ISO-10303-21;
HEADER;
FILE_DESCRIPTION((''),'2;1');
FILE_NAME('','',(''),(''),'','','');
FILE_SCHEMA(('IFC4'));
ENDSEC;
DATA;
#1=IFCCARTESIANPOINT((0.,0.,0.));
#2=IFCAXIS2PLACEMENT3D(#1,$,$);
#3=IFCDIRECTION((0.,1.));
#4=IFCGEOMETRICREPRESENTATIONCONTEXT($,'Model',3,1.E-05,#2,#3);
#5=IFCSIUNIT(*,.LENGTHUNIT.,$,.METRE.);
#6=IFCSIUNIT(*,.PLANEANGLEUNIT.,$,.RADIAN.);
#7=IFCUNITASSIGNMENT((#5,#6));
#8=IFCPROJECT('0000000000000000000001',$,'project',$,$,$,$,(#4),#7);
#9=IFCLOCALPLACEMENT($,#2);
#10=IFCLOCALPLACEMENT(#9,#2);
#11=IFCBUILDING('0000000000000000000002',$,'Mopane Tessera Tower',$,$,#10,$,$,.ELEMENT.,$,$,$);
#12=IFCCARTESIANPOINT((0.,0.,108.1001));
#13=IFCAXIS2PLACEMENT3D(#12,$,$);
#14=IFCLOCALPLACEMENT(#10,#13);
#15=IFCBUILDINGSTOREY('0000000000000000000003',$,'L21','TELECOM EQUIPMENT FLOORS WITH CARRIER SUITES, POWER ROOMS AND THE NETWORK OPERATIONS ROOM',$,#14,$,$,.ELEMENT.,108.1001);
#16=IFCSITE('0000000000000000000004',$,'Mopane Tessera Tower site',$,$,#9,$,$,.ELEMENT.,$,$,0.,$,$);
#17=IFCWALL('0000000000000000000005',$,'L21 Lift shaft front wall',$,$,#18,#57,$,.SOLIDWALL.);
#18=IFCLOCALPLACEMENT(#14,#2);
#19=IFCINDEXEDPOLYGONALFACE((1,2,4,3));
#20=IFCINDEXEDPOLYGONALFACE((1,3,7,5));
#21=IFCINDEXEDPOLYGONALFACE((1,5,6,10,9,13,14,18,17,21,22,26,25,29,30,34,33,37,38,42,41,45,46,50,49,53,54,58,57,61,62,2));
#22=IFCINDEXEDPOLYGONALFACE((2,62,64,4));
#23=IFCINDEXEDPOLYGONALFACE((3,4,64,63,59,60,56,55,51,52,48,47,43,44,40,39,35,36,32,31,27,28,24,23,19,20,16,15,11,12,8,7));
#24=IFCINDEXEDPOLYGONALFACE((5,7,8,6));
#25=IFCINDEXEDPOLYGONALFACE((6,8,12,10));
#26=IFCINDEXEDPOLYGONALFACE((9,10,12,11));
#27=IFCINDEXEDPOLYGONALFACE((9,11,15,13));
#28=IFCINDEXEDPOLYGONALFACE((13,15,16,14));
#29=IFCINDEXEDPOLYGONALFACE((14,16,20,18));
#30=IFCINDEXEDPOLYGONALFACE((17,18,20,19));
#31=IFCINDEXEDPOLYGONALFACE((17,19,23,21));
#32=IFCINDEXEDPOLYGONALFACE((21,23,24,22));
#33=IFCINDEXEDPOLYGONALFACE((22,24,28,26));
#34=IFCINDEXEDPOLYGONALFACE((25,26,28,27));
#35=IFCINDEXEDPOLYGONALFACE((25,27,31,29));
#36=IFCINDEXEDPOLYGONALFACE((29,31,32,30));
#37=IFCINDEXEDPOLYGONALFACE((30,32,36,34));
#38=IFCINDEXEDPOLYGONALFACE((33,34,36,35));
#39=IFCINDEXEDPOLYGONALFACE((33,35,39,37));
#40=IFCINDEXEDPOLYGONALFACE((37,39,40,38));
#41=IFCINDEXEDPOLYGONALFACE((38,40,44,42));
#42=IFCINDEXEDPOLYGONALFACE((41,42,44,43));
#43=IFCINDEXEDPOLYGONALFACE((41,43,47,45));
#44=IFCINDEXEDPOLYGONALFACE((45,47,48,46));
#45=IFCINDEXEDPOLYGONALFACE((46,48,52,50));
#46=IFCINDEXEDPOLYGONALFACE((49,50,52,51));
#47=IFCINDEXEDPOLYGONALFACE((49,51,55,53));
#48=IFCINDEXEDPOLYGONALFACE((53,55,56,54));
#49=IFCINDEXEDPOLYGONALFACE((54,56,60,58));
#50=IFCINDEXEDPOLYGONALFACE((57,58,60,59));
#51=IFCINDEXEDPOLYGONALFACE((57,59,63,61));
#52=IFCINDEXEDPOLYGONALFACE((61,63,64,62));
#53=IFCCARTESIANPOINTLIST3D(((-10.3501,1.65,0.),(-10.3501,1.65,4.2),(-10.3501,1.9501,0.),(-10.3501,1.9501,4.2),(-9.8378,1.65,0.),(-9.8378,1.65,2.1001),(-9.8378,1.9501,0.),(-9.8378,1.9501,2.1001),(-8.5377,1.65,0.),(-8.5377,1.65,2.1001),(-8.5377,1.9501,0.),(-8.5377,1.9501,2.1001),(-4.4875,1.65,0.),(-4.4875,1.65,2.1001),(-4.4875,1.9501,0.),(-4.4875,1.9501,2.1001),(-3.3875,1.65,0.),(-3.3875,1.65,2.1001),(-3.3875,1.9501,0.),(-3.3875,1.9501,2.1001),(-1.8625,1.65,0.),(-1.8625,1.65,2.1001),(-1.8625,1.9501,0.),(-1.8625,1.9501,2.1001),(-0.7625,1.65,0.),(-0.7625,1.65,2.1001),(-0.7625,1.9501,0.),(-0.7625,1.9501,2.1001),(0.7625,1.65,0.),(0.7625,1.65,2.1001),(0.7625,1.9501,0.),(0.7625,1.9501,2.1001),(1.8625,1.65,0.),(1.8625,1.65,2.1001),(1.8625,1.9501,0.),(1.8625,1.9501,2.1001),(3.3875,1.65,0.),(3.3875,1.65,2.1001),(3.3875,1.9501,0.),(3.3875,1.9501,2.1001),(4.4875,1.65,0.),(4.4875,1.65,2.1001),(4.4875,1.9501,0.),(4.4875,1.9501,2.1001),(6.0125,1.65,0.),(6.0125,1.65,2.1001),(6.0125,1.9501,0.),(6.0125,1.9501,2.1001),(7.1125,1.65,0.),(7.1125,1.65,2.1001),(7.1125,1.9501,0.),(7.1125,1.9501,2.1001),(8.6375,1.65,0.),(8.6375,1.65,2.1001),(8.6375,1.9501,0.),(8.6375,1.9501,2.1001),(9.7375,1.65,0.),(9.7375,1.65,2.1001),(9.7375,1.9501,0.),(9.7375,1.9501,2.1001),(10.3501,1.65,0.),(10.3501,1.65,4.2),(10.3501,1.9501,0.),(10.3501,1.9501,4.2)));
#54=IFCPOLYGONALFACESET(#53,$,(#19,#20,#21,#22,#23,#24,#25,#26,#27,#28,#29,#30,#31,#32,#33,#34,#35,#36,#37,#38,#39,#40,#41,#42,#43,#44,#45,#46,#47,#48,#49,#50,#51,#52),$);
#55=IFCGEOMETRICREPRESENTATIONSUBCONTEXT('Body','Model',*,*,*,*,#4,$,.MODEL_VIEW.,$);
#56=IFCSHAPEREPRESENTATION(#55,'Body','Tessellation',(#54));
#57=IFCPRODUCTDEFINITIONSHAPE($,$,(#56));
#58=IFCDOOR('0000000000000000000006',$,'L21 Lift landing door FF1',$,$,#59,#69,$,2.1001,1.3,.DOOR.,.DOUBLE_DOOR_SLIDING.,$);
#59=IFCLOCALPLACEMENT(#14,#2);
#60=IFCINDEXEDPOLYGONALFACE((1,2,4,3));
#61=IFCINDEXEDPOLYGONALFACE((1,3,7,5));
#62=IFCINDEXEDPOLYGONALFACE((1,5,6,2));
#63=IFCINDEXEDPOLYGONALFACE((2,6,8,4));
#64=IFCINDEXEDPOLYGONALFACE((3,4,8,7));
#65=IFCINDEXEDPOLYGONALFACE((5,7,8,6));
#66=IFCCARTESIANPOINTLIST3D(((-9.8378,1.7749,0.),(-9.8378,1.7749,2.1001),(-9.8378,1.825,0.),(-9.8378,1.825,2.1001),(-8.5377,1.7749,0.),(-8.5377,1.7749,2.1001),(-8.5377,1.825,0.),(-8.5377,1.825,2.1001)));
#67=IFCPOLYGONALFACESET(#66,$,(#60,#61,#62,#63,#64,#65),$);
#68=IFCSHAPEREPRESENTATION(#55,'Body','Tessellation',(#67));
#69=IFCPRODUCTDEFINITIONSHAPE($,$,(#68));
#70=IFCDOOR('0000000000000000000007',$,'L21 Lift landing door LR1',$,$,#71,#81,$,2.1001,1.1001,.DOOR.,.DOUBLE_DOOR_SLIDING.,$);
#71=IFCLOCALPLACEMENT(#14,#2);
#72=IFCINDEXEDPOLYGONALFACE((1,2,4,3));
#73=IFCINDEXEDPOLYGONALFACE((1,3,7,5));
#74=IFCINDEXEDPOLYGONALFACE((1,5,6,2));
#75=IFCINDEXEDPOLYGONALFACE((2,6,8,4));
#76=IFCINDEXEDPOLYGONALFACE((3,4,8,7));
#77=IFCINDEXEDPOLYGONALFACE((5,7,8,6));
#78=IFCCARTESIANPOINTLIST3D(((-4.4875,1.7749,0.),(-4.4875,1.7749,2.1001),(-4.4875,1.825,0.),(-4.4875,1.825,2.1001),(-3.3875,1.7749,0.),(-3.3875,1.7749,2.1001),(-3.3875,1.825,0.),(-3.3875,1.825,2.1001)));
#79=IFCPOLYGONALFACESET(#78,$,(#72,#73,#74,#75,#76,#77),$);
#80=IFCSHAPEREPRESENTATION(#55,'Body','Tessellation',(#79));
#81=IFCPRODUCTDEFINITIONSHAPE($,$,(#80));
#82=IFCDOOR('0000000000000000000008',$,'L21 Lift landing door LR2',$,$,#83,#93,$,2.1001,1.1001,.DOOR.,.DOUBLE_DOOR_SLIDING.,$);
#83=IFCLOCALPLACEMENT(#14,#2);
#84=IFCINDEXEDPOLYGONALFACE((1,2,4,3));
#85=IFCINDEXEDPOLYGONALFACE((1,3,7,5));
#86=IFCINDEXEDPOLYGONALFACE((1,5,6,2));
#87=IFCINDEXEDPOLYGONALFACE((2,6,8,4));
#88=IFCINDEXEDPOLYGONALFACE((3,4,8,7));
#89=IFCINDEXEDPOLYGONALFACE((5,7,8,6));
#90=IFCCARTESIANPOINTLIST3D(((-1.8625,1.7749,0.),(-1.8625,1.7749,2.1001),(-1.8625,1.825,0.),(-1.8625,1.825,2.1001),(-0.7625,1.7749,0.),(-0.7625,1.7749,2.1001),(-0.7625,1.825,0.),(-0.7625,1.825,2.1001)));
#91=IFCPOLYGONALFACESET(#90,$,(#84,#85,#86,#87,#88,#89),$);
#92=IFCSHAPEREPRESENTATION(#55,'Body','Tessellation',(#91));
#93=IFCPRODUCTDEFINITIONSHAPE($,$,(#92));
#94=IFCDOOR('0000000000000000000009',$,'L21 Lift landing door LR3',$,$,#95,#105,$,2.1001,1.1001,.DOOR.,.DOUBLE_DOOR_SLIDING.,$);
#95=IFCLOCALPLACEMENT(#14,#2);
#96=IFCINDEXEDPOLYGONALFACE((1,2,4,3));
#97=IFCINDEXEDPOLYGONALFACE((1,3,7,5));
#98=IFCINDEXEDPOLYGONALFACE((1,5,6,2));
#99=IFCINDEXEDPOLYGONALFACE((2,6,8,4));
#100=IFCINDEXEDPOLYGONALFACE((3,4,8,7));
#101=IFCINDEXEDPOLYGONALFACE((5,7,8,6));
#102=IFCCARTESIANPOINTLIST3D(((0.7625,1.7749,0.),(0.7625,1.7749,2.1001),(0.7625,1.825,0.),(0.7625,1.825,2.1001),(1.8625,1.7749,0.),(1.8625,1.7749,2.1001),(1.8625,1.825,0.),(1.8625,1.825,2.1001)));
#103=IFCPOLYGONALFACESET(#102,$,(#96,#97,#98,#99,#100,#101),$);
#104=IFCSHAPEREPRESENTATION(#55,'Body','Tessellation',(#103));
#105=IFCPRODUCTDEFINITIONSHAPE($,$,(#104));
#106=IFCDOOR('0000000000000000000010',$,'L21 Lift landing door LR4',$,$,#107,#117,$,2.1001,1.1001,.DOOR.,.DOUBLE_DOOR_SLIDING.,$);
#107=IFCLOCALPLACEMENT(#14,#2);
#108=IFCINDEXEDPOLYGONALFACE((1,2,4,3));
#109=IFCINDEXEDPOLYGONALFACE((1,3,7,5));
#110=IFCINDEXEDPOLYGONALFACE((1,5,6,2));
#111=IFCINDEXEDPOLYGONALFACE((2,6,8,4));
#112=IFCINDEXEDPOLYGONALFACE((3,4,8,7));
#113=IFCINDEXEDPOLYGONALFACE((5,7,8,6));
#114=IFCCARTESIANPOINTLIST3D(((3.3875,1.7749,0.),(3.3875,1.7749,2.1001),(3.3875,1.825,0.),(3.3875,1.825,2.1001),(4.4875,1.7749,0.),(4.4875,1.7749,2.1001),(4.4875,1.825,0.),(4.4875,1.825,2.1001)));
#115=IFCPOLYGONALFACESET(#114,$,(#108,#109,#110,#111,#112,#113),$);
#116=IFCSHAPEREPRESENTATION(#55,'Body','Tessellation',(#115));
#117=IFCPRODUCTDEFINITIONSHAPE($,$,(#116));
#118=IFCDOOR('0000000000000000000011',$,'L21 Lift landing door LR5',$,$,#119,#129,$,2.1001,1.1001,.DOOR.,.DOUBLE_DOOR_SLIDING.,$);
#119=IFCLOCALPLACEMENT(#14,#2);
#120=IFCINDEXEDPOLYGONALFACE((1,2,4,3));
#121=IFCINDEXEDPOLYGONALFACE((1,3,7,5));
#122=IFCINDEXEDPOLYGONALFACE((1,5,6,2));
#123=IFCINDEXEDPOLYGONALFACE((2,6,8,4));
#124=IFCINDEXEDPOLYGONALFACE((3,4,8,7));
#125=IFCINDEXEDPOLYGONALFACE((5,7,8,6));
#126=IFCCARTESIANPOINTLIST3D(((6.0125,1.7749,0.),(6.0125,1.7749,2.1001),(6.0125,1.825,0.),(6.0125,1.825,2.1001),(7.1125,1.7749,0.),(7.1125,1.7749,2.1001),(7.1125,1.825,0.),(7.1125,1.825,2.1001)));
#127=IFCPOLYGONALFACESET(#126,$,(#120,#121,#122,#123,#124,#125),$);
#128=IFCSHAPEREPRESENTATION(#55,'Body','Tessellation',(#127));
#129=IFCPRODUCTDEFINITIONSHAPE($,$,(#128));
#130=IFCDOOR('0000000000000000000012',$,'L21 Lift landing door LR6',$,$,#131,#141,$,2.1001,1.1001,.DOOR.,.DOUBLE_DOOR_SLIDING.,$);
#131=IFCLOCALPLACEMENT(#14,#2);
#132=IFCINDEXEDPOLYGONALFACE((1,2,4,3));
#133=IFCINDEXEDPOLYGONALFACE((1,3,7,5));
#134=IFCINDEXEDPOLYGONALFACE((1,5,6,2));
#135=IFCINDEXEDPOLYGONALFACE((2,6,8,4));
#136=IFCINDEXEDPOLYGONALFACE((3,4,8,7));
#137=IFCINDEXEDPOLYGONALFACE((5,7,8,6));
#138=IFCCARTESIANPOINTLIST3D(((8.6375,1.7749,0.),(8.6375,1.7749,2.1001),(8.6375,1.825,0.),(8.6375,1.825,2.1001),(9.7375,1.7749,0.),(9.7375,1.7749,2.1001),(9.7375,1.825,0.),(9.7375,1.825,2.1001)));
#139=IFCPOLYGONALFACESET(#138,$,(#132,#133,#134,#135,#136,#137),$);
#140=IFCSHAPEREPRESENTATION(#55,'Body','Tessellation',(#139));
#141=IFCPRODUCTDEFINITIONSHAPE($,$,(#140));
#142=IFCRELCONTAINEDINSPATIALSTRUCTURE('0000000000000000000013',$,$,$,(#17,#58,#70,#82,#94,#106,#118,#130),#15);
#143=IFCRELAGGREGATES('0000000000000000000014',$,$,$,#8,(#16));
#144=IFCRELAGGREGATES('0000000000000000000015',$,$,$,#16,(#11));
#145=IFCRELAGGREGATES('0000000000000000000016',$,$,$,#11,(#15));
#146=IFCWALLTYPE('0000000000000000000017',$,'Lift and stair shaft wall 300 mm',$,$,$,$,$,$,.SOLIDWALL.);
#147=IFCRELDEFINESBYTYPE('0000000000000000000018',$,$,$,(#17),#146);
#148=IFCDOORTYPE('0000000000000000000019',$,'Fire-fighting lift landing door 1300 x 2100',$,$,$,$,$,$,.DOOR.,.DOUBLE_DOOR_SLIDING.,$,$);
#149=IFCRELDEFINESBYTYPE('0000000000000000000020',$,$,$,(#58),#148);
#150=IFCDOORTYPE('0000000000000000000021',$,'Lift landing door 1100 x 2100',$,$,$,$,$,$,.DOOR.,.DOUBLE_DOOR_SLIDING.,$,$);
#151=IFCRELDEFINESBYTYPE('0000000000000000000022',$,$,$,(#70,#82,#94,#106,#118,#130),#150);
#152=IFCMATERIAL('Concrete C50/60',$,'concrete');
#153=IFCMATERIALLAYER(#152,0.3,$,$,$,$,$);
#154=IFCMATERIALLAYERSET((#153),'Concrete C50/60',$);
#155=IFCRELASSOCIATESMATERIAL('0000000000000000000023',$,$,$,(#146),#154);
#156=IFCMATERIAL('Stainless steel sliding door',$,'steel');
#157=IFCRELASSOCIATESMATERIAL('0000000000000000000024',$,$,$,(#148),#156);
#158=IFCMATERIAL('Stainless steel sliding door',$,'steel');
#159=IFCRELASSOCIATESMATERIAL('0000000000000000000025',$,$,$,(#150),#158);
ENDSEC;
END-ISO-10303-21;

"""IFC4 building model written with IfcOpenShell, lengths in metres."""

from ifc_helpers import new_model, si_unit, direction, frame, frame_2d, origin, place, context, subcontext, project, spatial, rectangle, extrude, material, layer, layer_set, type_object, element, fill, save


model = new_model("IFC4")

# Units and contexts
model_context = context("Model", 3, precision=1e-05, world=origin(), true_north=direction((0.0, 1.0)))
body_context = subcontext(model_context, "Body", "Model", "MODEL_VIEW")
ifc_project = project(units=[si_unit("LENGTHUNIT", "METRE"), si_unit("PLANEANGLEUNIT", "RADIAN")], contexts=[model_context])

# Site, building, storey
site_placement = place(None, origin())
site = spatial("IfcSite", under=ifc_project, at=site_placement, Name="Mopane Tessera Tower site", CompositionType="ELEMENT", RefElevation=0.0)
building_placement = place(site_placement, origin())
building = spatial("IfcBuilding", under=site, at=building_placement, Name="Mopane Tessera Tower", CompositionType="ELEMENT")
storey_placement = place(building_placement, frame((0.0, 0.0, 108.1001)))
storey = spatial("IfcBuildingStorey", under=building, at=storey_placement, Name="L21", Description="TELECOM EQUIPMENT FLOORS WITH CARRIER SUITES, POWER ROOMS AND THE NETWORK OPERATIONS ROOM", CompositionType="ELEMENT", Elevation=108.1001)

# Shared definitions
ifc_material_1 = material(Name="Concrete C50/60", Category="concrete")
ifc_layer_1 = layer(ifc_material_1, 0.3)
ifc_layer_set_1 = layer_set([ifc_layer_1], Name="Concrete C50/60")
wall_type_1 = type_object("IfcWallType", Name="Lift and stair shaft wall 300 mm", PredefinedType="SOLIDWALL", material=ifc_layer_set_1)

# Wall, openings, doors
wall_1_placement = place(storey_placement, frame((-10.3501, 1.8, 0.0), z_axis=(0.0, 0.0, 1.0), x_axis=(1.0, 0.0, 0.0)))
wall_1 = element("IfcWall", 1, at=wall_1_placement, inside=storey, type_object=wall_type_1, Name="L21 Lift shaft front wall", PredefinedType="SOLIDWALL", context=body_context, shape_type="SweptSolid", body=[
    extrude(rectangle(XDim=20.7002, YDim=0.3, at=frame_2d((10.3501, 0.0))), origin(), (0.0, 0.0, 1.0), 4.2),
])
opening_1_placement = place(wall_1_placement, frame((0.5125, 0.0, 0.0)))
opening_1 = element("IfcOpeningElement", 2, at=opening_1_placement, cuts=wall_1, PredefinedType="OPENING", context=body_context, shape_type="SweptSolid", body=[
    extrude(rectangle(XDim=1.3, YDim=2.1001, at=frame_2d((0.6499, 1.05))), frame((0.0, 0.1621, 0.0), z_axis=(0.0, -1.0, 0.0), x_axis=(1.0, 0.0, 0.0)), (0.0, 0.0, 1.0), 0.324),
])
opening_2_placement = place(wall_1_placement, frame((5.8625, 0.0, 0.0)))
opening_2 = element("IfcOpeningElement", 3, at=opening_2_placement, cuts=wall_1, PredefinedType="OPENING", context=body_context, shape_type="SweptSolid", body=[
    extrude(rectangle(XDim=1.1001, YDim=2.1001, at=frame_2d((0.55, 1.05))), frame((0.0, 0.1621, 0.0), z_axis=(0.0, -1.0, 0.0), x_axis=(1.0, 0.0, 0.0)), (0.0, 0.0, 1.0), 0.324),
])
opening_3_placement = place(wall_1_placement, frame((8.4875, 0.0, 0.0)))
opening_3 = element("IfcOpeningElement", 4, at=opening_3_placement, cuts=wall_1, PredefinedType="OPENING", context=body_context, shape_type="SweptSolid", body=[
    extrude(rectangle(XDim=1.1001, YDim=2.1001, at=frame_2d((0.55, 1.05))), frame((0.0, 0.1621, 0.0), z_axis=(0.0, -1.0, 0.0), x_axis=(1.0, 0.0, 0.0)), (0.0, 0.0, 1.0), 0.324),
])
opening_4_placement = place(wall_1_placement, frame((11.1125, 0.0, 0.0)))
opening_4 = element("IfcOpeningElement", 5, at=opening_4_placement, cuts=wall_1, PredefinedType="OPENING", context=body_context, shape_type="SweptSolid", body=[
    extrude(rectangle(XDim=1.1001, YDim=2.1001, at=frame_2d((0.55, 1.05))), frame((0.0, 0.1621, 0.0), z_axis=(0.0, -1.0, 0.0), x_axis=(1.0, 0.0, 0.0)), (0.0, 0.0, 1.0), 0.324),
])
opening_5_placement = place(wall_1_placement, frame((13.7375, 0.0, 0.0)))
opening_5 = element("IfcOpeningElement", 6, at=opening_5_placement, cuts=wall_1, PredefinedType="OPENING", context=body_context, shape_type="SweptSolid", body=[
    extrude(rectangle(XDim=1.1001, YDim=2.1001, at=frame_2d((0.55, 1.05))), frame((0.0, 0.1621, 0.0), z_axis=(0.0, -1.0, 0.0), x_axis=(1.0, 0.0, 0.0)), (0.0, 0.0, 1.0), 0.324),
])
opening_6_placement = place(wall_1_placement, frame((16.3625, 0.0, 0.0)))
opening_6 = element("IfcOpeningElement", 7, at=opening_6_placement, cuts=wall_1, PredefinedType="OPENING", context=body_context, shape_type="SweptSolid", body=[
    extrude(rectangle(XDim=1.1001, YDim=2.1001, at=frame_2d((0.55, 1.05))), frame((0.0, 0.1621, 0.0), z_axis=(0.0, -1.0, 0.0), x_axis=(1.0, 0.0, 0.0)), (0.0, 0.0, 1.0), 0.324),
])
opening_7_placement = place(wall_1_placement, frame((18.9875, 0.0, 0.0)))
opening_7 = element("IfcOpeningElement", 8, at=opening_7_placement, cuts=wall_1, PredefinedType="OPENING", context=body_context, shape_type="SweptSolid", body=[
    extrude(rectangle(XDim=1.1001, YDim=2.1001, at=frame_2d((0.55, 1.05))), frame((0.0, 0.1621, 0.0), z_axis=(0.0, -1.0, 0.0), x_axis=(1.0, 0.0, 0.0)), (0.0, 0.0, 1.0), 0.324),
])
ifc_material_2 = material(Name="Stainless steel sliding door", Category="steel")
door_type_1 = type_object("IfcDoorType", Name="Fire-fighting lift landing door 1300 x 2100", OperationType="DOUBLE_DOOR_SLIDING", PredefinedType="DOOR", material=ifc_material_2)
door_1_placement = place(opening_1_placement, origin())
door_1 = element("IfcDoor", 9, at=door_1_placement, inside=storey, type_object=door_type_1, Name="L21 Lift landing door FF1", OperationType="DOUBLE_DOOR_SLIDING", OverallHeight=2.1001, OverallWidth=1.3, PredefinedType="DOOR", context=body_context, shape_type="SweptSolid", body=[
    extrude(rectangle(XDim=1.3, YDim=2.1001, at=frame_2d((0.6499, 1.05))), frame((0.0, 0.0249, 0.0), z_axis=(0.0, -1.0, 0.0), x_axis=(1.0, 0.0, 0.0)), (0.0, 0.0, 1.0), 0.05),
])
fill(opening_1, door_1)
ifc_material_3 = material(Name="Stainless steel sliding door", Category="steel")
door_type_2 = type_object("IfcDoorType", Name="Lift landing door 1100 x 2100", OperationType="DOUBLE_DOOR_SLIDING", PredefinedType="DOOR", material=ifc_material_3)
door_2_placement = place(opening_2_placement, origin())
door_2 = element("IfcDoor", 10, at=door_2_placement, inside=storey, type_object=door_type_2, Name="L21 Lift landing door LR1", OperationType="DOUBLE_DOOR_SLIDING", OverallHeight=2.1001, OverallWidth=1.1001, PredefinedType="DOOR", context=body_context, shape_type="SweptSolid", body=[
    extrude(rectangle(XDim=1.1001, YDim=2.1001, at=frame_2d((0.55, 1.05))), frame((0.0, 0.0249, 0.0), z_axis=(0.0, -1.0, 0.0), x_axis=(1.0, 0.0, 0.0)), (0.0, 0.0, 1.0), 0.05),
])
fill(opening_2, door_2)
door_3_placement = place(opening_3_placement, origin())
door_3 = element("IfcDoor", 11, at=door_3_placement, inside=storey, type_object=door_type_2, Name="L21 Lift landing door LR2", OperationType="DOUBLE_DOOR_SLIDING", OverallHeight=2.1001, OverallWidth=1.1001, PredefinedType="DOOR", context=body_context, shape_type="SweptSolid", body=[
    extrude(rectangle(XDim=1.1001, YDim=2.1001, at=frame_2d((0.55, 1.05))), frame((0.0, 0.0249, 0.0), z_axis=(0.0, -1.0, 0.0), x_axis=(1.0, 0.0, 0.0)), (0.0, 0.0, 1.0), 0.05),
])
fill(opening_3, door_3)
door_4_placement = place(opening_4_placement, origin())
door_4 = element("IfcDoor", 12, at=door_4_placement, inside=storey, type_object=door_type_2, Name="L21 Lift landing door LR3", OperationType="DOUBLE_DOOR_SLIDING", OverallHeight=2.1001, OverallWidth=1.1001, PredefinedType="DOOR", context=body_context, shape_type="SweptSolid", body=[
    extrude(rectangle(XDim=1.1001, YDim=2.1001, at=frame_2d((0.55, 1.05))), frame((0.0, 0.0249, 0.0), z_axis=(0.0, -1.0, 0.0), x_axis=(1.0, 0.0, 0.0)), (0.0, 0.0, 1.0), 0.05),
])
fill(opening_4, door_4)
door_5_placement = place(opening_5_placement, origin())
door_5 = element("IfcDoor", 13, at=door_5_placement, inside=storey, type_object=door_type_2, Name="L21 Lift landing door LR4", OperationType="DOUBLE_DOOR_SLIDING", OverallHeight=2.1001, OverallWidth=1.1001, PredefinedType="DOOR", context=body_context, shape_type="SweptSolid", body=[
    extrude(rectangle(XDim=1.1001, YDim=2.1001, at=frame_2d((0.55, 1.05))), frame((0.0, 0.0249, 0.0), z_axis=(0.0, -1.0, 0.0), x_axis=(1.0, 0.0, 0.0)), (0.0, 0.0, 1.0), 0.05),
])
fill(opening_5, door_5)
door_6_placement = place(opening_6_placement, origin())
door_6 = element("IfcDoor", 14, at=door_6_placement, inside=storey, type_object=door_type_2, Name="L21 Lift landing door LR5", OperationType="DOUBLE_DOOR_SLIDING", OverallHeight=2.1001, OverallWidth=1.1001, PredefinedType="DOOR", context=body_context, shape_type="SweptSolid", body=[
    extrude(rectangle(XDim=1.1001, YDim=2.1001, at=frame_2d((0.55, 1.05))), frame((0.0, 0.0249, 0.0), z_axis=(0.0, -1.0, 0.0), x_axis=(1.0, 0.0, 0.0)), (0.0, 0.0, 1.0), 0.05),
])
fill(opening_6, door_6)
door_7_placement = place(opening_7_placement, origin())
door_7 = element("IfcDoor", 15, at=door_7_placement, inside=storey, type_object=door_type_2, Name="L21 Lift landing door LR6", OperationType="DOUBLE_DOOR_SLIDING", OverallHeight=2.1001, OverallWidth=1.1001, PredefinedType="DOOR", context=body_context, shape_type="SweptSolid", body=[
    extrude(rectangle(XDim=1.1001, YDim=2.1001, at=frame_2d((0.55, 1.05))), frame((0.0, 0.0249, 0.0), z_axis=(0.0, -1.0, 0.0), x_axis=(1.0, 0.0, 0.0)), (0.0, 0.0, 1.0), 0.05),
])
fill(opening_7, door_7)

save(model, "model.ifc")
